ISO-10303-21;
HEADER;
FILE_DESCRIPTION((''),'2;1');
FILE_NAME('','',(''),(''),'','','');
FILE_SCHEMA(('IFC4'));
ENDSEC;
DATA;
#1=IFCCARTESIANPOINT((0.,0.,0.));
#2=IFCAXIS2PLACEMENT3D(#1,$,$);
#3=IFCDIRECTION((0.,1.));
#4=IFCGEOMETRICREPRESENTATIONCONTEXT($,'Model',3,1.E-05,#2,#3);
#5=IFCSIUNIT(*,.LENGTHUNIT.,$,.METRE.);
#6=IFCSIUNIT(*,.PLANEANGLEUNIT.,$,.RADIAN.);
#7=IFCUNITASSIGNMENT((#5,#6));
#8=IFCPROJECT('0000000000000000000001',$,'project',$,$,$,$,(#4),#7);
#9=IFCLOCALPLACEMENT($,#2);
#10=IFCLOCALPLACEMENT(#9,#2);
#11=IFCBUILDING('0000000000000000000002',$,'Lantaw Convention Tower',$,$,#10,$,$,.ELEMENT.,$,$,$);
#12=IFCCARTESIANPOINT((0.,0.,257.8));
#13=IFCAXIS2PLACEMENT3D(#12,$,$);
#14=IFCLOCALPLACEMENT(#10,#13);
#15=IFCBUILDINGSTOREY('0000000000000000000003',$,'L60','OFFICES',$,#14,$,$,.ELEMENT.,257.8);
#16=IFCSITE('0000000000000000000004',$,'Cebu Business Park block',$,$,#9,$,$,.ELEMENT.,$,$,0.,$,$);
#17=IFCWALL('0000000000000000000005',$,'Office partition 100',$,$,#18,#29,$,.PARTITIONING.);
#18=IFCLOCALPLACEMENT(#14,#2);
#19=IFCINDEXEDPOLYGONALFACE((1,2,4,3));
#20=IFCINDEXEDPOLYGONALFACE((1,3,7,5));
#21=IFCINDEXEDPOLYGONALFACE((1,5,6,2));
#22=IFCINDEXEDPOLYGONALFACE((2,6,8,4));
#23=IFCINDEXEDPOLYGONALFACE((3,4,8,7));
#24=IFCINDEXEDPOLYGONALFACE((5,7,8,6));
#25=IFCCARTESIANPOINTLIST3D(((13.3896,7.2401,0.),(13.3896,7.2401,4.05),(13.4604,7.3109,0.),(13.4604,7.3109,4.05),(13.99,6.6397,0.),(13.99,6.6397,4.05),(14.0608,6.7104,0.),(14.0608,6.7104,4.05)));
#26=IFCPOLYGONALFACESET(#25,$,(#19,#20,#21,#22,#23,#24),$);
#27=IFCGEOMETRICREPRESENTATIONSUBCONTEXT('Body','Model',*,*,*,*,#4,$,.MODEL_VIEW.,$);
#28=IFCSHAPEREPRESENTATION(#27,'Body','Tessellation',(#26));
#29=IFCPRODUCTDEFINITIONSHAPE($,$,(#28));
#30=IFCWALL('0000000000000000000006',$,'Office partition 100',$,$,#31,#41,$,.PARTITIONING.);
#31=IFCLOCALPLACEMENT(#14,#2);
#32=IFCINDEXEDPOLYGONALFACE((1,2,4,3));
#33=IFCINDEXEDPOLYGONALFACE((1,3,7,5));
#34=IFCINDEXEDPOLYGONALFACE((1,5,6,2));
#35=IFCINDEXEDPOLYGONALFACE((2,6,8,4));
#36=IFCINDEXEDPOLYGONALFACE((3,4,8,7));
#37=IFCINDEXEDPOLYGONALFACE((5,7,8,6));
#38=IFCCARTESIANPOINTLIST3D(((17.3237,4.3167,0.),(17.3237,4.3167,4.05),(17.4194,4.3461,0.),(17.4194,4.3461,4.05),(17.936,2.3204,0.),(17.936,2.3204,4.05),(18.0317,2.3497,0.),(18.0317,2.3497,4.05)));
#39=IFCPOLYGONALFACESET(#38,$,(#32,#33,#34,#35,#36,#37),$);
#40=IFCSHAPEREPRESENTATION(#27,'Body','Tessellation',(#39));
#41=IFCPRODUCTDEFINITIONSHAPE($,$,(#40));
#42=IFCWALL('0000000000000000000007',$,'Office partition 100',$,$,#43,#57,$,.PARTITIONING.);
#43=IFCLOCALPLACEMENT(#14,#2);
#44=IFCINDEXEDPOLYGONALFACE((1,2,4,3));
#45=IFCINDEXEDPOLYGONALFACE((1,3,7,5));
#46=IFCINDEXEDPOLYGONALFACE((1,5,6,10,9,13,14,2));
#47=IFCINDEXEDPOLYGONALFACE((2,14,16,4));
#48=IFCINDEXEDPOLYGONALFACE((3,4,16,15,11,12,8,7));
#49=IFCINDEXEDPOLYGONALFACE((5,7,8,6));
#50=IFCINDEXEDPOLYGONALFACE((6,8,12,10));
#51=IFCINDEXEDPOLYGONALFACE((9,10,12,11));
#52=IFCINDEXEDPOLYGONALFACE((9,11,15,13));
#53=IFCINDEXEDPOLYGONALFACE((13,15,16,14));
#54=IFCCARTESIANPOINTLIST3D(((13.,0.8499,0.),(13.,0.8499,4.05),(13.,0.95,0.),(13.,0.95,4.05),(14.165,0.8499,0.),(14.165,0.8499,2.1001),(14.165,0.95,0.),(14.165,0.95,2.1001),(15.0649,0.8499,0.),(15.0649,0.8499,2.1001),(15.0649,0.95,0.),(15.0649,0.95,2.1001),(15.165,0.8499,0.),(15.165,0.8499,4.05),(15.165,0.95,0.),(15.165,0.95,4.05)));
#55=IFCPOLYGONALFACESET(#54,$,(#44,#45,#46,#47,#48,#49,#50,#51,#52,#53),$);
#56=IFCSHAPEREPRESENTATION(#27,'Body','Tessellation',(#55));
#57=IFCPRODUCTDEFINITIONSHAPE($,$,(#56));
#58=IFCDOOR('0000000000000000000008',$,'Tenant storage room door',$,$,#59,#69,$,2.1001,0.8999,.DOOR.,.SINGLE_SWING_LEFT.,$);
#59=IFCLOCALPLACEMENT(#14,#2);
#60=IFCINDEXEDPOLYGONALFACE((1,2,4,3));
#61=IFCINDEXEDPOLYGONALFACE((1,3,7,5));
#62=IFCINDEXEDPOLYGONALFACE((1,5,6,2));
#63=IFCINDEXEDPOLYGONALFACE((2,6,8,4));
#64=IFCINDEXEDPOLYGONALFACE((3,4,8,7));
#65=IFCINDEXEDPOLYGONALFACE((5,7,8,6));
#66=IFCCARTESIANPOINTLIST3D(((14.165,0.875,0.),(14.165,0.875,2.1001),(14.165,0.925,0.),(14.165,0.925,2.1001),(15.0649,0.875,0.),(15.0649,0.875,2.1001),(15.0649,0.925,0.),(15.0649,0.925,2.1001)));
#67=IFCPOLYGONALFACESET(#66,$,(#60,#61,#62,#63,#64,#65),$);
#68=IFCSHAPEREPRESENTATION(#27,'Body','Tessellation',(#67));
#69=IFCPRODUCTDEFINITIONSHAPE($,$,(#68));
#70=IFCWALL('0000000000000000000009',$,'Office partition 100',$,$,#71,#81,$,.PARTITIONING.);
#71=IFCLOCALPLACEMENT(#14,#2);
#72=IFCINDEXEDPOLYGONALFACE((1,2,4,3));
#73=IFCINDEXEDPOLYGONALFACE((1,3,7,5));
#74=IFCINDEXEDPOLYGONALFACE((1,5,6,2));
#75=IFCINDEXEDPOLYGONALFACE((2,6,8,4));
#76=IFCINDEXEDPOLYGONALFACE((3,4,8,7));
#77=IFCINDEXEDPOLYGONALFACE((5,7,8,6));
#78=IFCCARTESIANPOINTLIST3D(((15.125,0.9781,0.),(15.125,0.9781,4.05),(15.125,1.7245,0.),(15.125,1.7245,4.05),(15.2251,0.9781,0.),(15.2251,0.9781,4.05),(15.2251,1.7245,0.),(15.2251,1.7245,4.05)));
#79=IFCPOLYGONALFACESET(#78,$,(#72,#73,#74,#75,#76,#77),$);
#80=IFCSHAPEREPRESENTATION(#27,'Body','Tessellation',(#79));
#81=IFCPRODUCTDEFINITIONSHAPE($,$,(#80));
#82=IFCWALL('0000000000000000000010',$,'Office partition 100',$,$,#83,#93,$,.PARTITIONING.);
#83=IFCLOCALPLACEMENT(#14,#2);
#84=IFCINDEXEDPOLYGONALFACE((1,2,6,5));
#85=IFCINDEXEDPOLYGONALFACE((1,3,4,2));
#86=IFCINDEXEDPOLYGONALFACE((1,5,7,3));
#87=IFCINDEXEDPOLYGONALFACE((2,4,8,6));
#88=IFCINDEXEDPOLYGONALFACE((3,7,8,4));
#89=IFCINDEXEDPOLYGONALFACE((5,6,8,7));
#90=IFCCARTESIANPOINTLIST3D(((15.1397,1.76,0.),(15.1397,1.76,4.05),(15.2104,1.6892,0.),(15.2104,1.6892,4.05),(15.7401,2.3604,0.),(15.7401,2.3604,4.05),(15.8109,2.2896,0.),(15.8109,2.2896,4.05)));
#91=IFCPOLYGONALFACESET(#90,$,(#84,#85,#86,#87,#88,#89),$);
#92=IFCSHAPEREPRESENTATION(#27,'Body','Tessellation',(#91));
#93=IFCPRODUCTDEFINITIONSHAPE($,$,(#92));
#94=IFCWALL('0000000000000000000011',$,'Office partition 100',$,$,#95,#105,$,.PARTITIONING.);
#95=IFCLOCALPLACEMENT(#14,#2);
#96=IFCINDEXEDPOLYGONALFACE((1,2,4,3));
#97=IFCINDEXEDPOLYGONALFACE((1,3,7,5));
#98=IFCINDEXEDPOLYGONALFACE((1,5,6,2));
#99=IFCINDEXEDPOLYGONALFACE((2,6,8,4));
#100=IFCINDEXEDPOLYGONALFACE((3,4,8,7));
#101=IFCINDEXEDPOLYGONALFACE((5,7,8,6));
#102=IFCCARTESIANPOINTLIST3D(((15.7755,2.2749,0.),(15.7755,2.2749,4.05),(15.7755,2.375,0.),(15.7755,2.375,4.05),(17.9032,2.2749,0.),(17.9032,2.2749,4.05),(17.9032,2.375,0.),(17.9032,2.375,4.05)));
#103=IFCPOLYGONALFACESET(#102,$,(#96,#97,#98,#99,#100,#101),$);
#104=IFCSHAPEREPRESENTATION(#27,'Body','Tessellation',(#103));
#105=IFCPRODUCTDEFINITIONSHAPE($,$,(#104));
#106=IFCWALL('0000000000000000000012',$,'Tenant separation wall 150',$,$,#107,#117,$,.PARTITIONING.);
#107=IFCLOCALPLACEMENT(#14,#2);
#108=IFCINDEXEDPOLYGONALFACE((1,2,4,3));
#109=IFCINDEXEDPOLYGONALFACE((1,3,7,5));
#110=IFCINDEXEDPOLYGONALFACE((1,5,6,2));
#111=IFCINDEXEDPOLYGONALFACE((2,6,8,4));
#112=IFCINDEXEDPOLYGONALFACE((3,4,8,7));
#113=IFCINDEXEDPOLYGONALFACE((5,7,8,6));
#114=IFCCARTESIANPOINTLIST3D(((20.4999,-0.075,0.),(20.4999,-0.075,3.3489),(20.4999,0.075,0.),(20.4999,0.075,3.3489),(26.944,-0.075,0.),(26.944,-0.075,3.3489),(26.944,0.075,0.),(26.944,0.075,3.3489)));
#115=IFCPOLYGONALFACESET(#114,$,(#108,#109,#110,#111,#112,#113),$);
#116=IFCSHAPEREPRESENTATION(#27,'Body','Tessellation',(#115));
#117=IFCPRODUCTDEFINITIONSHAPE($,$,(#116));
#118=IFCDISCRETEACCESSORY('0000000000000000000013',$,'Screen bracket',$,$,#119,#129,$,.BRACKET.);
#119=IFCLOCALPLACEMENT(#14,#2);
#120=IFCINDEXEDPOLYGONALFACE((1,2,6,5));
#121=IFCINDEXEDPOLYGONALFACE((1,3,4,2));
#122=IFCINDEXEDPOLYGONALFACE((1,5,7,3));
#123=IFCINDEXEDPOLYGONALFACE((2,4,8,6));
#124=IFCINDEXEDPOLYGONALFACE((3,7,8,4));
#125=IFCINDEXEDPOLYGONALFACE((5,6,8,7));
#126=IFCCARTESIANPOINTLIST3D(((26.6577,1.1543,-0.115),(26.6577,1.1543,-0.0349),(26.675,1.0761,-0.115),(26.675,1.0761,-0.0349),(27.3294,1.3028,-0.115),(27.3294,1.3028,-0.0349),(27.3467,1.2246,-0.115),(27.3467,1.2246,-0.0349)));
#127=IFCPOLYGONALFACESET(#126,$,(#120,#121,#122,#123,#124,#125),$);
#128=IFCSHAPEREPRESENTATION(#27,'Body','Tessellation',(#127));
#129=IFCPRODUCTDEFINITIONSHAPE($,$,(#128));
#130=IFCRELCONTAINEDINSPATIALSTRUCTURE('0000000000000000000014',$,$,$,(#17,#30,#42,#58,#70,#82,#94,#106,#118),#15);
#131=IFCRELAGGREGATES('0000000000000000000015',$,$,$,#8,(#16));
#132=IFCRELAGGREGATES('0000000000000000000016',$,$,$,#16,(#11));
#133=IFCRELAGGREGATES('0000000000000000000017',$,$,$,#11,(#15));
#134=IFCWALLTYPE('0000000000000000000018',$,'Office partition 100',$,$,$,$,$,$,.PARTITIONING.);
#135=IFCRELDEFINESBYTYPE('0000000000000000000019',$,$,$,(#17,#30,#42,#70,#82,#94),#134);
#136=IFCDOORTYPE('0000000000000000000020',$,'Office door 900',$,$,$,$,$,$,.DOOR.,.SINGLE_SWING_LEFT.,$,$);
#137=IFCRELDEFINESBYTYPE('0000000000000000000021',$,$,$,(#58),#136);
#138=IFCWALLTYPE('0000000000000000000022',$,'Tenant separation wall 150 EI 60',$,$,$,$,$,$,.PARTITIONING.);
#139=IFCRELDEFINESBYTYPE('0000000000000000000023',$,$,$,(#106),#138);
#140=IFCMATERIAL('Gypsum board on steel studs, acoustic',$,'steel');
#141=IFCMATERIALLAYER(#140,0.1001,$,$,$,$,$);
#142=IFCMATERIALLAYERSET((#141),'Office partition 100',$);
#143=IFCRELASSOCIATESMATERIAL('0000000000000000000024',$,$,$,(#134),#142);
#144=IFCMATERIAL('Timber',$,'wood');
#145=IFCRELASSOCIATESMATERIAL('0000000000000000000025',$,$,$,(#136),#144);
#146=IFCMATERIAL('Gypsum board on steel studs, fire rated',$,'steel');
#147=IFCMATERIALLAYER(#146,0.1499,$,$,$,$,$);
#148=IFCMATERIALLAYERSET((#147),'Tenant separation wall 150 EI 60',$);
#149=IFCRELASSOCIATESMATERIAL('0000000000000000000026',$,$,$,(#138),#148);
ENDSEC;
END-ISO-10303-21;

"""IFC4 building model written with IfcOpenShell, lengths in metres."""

from ifc_helpers import new_model, si_unit, direction, frame, frame_2d, origin, origin_2d, place, context, subcontext, project, spatial, rectangle, extrude, material, layer, layer_set, type_object, element, fill, save


model = new_model("IFC4")

# Units and contexts
model_context = context("Model", 3, precision=1e-05, world=origin(), true_north=direction((0.0, 1.0)))
body_context = subcontext(model_context, "Body", "Model", "MODEL_VIEW")
ifc_project = project(units=[si_unit("LENGTHUNIT", "METRE"), si_unit("PLANEANGLEUNIT", "RADIAN")], contexts=[model_context])

# Site, building, storey
site_placement = place(None, origin())
site = spatial("IfcSite", under=ifc_project, at=site_placement, Name="Cebu Business Park block", CompositionType="ELEMENT", RefElevation=0.0)
building_placement = place(site_placement, origin())
building = spatial("IfcBuilding", under=site, at=building_placement, Name="Lantaw Convention Tower", CompositionType="ELEMENT")
storey_placement = place(building_placement, frame((0.0, 0.0, 257.8)))
storey = spatial("IfcBuildingStorey", under=building, at=storey_placement, Name="L60", Description="OFFICES", CompositionType="ELEMENT", Elevation=257.8)

# Walls
ifc_material_1 = material(Name="Gypsum board on steel studs, fire rated", Category="steel")
ifc_material_2 = material(Name="Gypsum board on steel studs, acoustic", Category="steel")
ifc_layer_1 = layer(ifc_material_2, 0.1001)
ifc_layer_set_1 = layer_set([ifc_layer_1], Name="Office partition 100")
wall_type_1 = type_object("IfcWallType", Name="Office partition 100", PredefinedType="PARTITIONING", material=ifc_layer_set_1)
wall_1_placement = place(storey_placement, frame((14.0254, 6.675, 0.0), z_axis=(0.0, 0.0, 1.0), x_axis=(-0.707107, 0.707107, 0.0)))
element("IfcWall", 1, at=wall_1_placement, inside=storey, type_object=wall_type_1, Name="Office partition 100", PredefinedType="PARTITIONING", context=body_context, shape_type="SweptSolid", body=[
    extrude(rectangle(XDim=0.8491, YDim=0.1001, at=frame_2d((0.4246, 0.0))), origin(), (0.0, 0.0, 1.0), 4.05),
])
wall_2_placement = place(storey_placement, frame((17.3716, 4.3313, 0.0), z_axis=(0.0, 0.0, 1.0), x_axis=(0.293231, -0.956042, 0.0)))
element("IfcWall", 2, at=wall_2_placement, inside=storey, type_object=wall_type_1, Name="Office partition 100", PredefinedType="PARTITIONING", context=body_context, shape_type="SweptSolid", body=[
    extrude(rectangle(XDim=2.0881, YDim=0.1001, at=frame_2d((1.0439, 0.0))), origin(), (0.0, 0.0, 1.0), 4.05),
])

# Wall, opening, door
wall_3_placement = place(storey_placement, frame((15.165, 0.8999, 0.0), z_axis=(0.0, 0.0, 1.0), x_axis=(-1.0, 0.0, 0.0)))
wall_3 = element("IfcWall", 3, at=wall_3_placement, inside=storey, type_object=wall_type_1, Name="Office partition 100", PredefinedType="PARTITIONING", context=body_context, shape_type="SweptSolid", body=[
    extrude(rectangle(XDim=2.165, YDim=0.1001, at=frame_2d((1.0825, 0.0))), origin(), (0.0, 0.0, 1.0), 4.05),
])
opening_placement = place(wall_3_placement, frame((0.1001, 0.0, 0.0)))
opening = element("IfcOpeningElement", 4, at=opening_placement, cuts=wall_3, PredefinedType="OPENING", context=body_context, shape_type="SweptSolid", body=[
    extrude(rectangle(XDim=0.8999, YDim=2.1001, at=frame_2d((0.45, 1.05))), frame((0.0, 0.0601, 0.0), z_axis=(0.0, -1.0, 0.0), x_axis=(1.0, 0.0, 0.0)), (0.0, 0.0, 1.0), 0.1201),
])
ifc_material_3 = material(Name="Timber", Category="wood")
door_type = type_object("IfcDoorType", Name="Office door 900", OperationType="SINGLE_SWING_LEFT", PredefinedType="DOOR", material=ifc_material_3)
door_placement = place(opening_placement, origin())
door = element("IfcDoor", 5, at=door_placement, inside=storey, type_object=door_type, Name="Tenant storage room door", OperationType="SINGLE_SWING_LEFT", OverallHeight=2.1001, OverallWidth=0.8999, PredefinedType="DOOR", context=body_context, shape_type="SweptSolid", body=[
    extrude(rectangle(XDim=0.8999, YDim=2.1001, at=frame_2d((0.45, 1.05))), frame((0.0, 0.0249, 0.0), z_axis=(0.0, -1.0, 0.0), x_axis=(1.0, 0.0, 0.0)), (0.0, 0.0, 1.0), 0.05),
])
fill(opening, door)

# Walls
wall_4_placement = place(storey_placement, frame((15.175, 0.9783, 0.0), z_axis=(0.0, 0.0, 1.0), x_axis=(0.0, 1.0, 0.0)))
element("IfcWall", 6, at=wall_4_placement, inside=storey, type_object=wall_type_1, Name="Office partition 100", PredefinedType="PARTITIONING", context=body_context, shape_type="SweptSolid", body=[
    extrude(rectangle(XDim=0.7463, YDim=0.1001, at=frame_2d((0.373, 0.0))), origin(), (0.0, 0.0, 1.0), 4.05),
])
wall_5_placement = place(storey_placement, frame((15.175, 1.7246, 0.0), z_axis=(0.0, 0.0, 1.0), x_axis=(0.707107, 0.707107, 0.0)))
element("IfcWall", 7, at=wall_5_placement, inside=storey, type_object=wall_type_1, Name="Office partition 100", PredefinedType="PARTITIONING", context=body_context, shape_type="SweptSolid", body=[
    extrude(rectangle(XDim=0.8491, YDim=0.1001, at=frame_2d((0.4246, 0.0))), origin(), (0.0, 0.0, 1.0), 4.05),
])
wall_6_placement = place(storey_placement, frame((15.7754, 2.325, 0.0), z_axis=(0.0, 0.0, 1.0), x_axis=(1.0, 0.0, 0.0)))
element("IfcWall", 8, at=wall_6_placement, inside=storey, type_object=wall_type_1, Name="Office partition 100", PredefinedType="PARTITIONING", context=body_context, shape_type="SweptSolid", body=[
    extrude(rectangle(XDim=2.1277, YDim=0.1001, at=frame_2d((1.064, 0.0))), origin(), (0.0, 0.0, 1.0), 4.05),
])
ifc_layer_2 = layer(ifc_material_1, 0.1499)
ifc_layer_set_2 = layer_set([ifc_layer_2], Name="Tenant separation wall 150 EI 60")
wall_type_2 = type_object("IfcWallType", Name="Tenant separation wall 150 EI 60", PredefinedType="PARTITIONING", material=ifc_layer_set_2)
wall_7_placement = place(storey_placement, frame((26.9441, 0.0, 0.0), z_axis=(0.0, 0.0, 1.0), x_axis=(-1.0, 0.0, 0.0)))
element("IfcWall", 9, at=wall_7_placement, inside=storey, type_object=wall_type_2, Name="Tenant separation wall 150", PredefinedType="PARTITIONING", context=body_context, shape_type="SweptSolid", body=[
    extrude(rectangle(XDim=6.4441, YDim=0.1499, at=frame_2d((3.2222, 0.0))), origin(), (0.0, 0.0, 1.0), 3.3489),
])

# Discrete accessory
discrete_accessory_placement = place(storey_placement, frame((27.0022, 1.1895, -0.115), z_axis=(0.0, 0.0, 1.0), x_axis=(-0.215891, 0.976417, 0.0)))
element("IfcDiscreteAccessory", 10, at=discrete_accessory_placement, inside=storey, Name="Screen bracket", PredefinedType="BRACKET", context=body_context, shape_type="SweptSolid", body=[
    extrude(rectangle(XDim=0.0801, YDim=0.688, at=origin_2d()), origin(), (0.0, 0.0, 1.0), 0.0801),
])

save(model, "model.ifc")
